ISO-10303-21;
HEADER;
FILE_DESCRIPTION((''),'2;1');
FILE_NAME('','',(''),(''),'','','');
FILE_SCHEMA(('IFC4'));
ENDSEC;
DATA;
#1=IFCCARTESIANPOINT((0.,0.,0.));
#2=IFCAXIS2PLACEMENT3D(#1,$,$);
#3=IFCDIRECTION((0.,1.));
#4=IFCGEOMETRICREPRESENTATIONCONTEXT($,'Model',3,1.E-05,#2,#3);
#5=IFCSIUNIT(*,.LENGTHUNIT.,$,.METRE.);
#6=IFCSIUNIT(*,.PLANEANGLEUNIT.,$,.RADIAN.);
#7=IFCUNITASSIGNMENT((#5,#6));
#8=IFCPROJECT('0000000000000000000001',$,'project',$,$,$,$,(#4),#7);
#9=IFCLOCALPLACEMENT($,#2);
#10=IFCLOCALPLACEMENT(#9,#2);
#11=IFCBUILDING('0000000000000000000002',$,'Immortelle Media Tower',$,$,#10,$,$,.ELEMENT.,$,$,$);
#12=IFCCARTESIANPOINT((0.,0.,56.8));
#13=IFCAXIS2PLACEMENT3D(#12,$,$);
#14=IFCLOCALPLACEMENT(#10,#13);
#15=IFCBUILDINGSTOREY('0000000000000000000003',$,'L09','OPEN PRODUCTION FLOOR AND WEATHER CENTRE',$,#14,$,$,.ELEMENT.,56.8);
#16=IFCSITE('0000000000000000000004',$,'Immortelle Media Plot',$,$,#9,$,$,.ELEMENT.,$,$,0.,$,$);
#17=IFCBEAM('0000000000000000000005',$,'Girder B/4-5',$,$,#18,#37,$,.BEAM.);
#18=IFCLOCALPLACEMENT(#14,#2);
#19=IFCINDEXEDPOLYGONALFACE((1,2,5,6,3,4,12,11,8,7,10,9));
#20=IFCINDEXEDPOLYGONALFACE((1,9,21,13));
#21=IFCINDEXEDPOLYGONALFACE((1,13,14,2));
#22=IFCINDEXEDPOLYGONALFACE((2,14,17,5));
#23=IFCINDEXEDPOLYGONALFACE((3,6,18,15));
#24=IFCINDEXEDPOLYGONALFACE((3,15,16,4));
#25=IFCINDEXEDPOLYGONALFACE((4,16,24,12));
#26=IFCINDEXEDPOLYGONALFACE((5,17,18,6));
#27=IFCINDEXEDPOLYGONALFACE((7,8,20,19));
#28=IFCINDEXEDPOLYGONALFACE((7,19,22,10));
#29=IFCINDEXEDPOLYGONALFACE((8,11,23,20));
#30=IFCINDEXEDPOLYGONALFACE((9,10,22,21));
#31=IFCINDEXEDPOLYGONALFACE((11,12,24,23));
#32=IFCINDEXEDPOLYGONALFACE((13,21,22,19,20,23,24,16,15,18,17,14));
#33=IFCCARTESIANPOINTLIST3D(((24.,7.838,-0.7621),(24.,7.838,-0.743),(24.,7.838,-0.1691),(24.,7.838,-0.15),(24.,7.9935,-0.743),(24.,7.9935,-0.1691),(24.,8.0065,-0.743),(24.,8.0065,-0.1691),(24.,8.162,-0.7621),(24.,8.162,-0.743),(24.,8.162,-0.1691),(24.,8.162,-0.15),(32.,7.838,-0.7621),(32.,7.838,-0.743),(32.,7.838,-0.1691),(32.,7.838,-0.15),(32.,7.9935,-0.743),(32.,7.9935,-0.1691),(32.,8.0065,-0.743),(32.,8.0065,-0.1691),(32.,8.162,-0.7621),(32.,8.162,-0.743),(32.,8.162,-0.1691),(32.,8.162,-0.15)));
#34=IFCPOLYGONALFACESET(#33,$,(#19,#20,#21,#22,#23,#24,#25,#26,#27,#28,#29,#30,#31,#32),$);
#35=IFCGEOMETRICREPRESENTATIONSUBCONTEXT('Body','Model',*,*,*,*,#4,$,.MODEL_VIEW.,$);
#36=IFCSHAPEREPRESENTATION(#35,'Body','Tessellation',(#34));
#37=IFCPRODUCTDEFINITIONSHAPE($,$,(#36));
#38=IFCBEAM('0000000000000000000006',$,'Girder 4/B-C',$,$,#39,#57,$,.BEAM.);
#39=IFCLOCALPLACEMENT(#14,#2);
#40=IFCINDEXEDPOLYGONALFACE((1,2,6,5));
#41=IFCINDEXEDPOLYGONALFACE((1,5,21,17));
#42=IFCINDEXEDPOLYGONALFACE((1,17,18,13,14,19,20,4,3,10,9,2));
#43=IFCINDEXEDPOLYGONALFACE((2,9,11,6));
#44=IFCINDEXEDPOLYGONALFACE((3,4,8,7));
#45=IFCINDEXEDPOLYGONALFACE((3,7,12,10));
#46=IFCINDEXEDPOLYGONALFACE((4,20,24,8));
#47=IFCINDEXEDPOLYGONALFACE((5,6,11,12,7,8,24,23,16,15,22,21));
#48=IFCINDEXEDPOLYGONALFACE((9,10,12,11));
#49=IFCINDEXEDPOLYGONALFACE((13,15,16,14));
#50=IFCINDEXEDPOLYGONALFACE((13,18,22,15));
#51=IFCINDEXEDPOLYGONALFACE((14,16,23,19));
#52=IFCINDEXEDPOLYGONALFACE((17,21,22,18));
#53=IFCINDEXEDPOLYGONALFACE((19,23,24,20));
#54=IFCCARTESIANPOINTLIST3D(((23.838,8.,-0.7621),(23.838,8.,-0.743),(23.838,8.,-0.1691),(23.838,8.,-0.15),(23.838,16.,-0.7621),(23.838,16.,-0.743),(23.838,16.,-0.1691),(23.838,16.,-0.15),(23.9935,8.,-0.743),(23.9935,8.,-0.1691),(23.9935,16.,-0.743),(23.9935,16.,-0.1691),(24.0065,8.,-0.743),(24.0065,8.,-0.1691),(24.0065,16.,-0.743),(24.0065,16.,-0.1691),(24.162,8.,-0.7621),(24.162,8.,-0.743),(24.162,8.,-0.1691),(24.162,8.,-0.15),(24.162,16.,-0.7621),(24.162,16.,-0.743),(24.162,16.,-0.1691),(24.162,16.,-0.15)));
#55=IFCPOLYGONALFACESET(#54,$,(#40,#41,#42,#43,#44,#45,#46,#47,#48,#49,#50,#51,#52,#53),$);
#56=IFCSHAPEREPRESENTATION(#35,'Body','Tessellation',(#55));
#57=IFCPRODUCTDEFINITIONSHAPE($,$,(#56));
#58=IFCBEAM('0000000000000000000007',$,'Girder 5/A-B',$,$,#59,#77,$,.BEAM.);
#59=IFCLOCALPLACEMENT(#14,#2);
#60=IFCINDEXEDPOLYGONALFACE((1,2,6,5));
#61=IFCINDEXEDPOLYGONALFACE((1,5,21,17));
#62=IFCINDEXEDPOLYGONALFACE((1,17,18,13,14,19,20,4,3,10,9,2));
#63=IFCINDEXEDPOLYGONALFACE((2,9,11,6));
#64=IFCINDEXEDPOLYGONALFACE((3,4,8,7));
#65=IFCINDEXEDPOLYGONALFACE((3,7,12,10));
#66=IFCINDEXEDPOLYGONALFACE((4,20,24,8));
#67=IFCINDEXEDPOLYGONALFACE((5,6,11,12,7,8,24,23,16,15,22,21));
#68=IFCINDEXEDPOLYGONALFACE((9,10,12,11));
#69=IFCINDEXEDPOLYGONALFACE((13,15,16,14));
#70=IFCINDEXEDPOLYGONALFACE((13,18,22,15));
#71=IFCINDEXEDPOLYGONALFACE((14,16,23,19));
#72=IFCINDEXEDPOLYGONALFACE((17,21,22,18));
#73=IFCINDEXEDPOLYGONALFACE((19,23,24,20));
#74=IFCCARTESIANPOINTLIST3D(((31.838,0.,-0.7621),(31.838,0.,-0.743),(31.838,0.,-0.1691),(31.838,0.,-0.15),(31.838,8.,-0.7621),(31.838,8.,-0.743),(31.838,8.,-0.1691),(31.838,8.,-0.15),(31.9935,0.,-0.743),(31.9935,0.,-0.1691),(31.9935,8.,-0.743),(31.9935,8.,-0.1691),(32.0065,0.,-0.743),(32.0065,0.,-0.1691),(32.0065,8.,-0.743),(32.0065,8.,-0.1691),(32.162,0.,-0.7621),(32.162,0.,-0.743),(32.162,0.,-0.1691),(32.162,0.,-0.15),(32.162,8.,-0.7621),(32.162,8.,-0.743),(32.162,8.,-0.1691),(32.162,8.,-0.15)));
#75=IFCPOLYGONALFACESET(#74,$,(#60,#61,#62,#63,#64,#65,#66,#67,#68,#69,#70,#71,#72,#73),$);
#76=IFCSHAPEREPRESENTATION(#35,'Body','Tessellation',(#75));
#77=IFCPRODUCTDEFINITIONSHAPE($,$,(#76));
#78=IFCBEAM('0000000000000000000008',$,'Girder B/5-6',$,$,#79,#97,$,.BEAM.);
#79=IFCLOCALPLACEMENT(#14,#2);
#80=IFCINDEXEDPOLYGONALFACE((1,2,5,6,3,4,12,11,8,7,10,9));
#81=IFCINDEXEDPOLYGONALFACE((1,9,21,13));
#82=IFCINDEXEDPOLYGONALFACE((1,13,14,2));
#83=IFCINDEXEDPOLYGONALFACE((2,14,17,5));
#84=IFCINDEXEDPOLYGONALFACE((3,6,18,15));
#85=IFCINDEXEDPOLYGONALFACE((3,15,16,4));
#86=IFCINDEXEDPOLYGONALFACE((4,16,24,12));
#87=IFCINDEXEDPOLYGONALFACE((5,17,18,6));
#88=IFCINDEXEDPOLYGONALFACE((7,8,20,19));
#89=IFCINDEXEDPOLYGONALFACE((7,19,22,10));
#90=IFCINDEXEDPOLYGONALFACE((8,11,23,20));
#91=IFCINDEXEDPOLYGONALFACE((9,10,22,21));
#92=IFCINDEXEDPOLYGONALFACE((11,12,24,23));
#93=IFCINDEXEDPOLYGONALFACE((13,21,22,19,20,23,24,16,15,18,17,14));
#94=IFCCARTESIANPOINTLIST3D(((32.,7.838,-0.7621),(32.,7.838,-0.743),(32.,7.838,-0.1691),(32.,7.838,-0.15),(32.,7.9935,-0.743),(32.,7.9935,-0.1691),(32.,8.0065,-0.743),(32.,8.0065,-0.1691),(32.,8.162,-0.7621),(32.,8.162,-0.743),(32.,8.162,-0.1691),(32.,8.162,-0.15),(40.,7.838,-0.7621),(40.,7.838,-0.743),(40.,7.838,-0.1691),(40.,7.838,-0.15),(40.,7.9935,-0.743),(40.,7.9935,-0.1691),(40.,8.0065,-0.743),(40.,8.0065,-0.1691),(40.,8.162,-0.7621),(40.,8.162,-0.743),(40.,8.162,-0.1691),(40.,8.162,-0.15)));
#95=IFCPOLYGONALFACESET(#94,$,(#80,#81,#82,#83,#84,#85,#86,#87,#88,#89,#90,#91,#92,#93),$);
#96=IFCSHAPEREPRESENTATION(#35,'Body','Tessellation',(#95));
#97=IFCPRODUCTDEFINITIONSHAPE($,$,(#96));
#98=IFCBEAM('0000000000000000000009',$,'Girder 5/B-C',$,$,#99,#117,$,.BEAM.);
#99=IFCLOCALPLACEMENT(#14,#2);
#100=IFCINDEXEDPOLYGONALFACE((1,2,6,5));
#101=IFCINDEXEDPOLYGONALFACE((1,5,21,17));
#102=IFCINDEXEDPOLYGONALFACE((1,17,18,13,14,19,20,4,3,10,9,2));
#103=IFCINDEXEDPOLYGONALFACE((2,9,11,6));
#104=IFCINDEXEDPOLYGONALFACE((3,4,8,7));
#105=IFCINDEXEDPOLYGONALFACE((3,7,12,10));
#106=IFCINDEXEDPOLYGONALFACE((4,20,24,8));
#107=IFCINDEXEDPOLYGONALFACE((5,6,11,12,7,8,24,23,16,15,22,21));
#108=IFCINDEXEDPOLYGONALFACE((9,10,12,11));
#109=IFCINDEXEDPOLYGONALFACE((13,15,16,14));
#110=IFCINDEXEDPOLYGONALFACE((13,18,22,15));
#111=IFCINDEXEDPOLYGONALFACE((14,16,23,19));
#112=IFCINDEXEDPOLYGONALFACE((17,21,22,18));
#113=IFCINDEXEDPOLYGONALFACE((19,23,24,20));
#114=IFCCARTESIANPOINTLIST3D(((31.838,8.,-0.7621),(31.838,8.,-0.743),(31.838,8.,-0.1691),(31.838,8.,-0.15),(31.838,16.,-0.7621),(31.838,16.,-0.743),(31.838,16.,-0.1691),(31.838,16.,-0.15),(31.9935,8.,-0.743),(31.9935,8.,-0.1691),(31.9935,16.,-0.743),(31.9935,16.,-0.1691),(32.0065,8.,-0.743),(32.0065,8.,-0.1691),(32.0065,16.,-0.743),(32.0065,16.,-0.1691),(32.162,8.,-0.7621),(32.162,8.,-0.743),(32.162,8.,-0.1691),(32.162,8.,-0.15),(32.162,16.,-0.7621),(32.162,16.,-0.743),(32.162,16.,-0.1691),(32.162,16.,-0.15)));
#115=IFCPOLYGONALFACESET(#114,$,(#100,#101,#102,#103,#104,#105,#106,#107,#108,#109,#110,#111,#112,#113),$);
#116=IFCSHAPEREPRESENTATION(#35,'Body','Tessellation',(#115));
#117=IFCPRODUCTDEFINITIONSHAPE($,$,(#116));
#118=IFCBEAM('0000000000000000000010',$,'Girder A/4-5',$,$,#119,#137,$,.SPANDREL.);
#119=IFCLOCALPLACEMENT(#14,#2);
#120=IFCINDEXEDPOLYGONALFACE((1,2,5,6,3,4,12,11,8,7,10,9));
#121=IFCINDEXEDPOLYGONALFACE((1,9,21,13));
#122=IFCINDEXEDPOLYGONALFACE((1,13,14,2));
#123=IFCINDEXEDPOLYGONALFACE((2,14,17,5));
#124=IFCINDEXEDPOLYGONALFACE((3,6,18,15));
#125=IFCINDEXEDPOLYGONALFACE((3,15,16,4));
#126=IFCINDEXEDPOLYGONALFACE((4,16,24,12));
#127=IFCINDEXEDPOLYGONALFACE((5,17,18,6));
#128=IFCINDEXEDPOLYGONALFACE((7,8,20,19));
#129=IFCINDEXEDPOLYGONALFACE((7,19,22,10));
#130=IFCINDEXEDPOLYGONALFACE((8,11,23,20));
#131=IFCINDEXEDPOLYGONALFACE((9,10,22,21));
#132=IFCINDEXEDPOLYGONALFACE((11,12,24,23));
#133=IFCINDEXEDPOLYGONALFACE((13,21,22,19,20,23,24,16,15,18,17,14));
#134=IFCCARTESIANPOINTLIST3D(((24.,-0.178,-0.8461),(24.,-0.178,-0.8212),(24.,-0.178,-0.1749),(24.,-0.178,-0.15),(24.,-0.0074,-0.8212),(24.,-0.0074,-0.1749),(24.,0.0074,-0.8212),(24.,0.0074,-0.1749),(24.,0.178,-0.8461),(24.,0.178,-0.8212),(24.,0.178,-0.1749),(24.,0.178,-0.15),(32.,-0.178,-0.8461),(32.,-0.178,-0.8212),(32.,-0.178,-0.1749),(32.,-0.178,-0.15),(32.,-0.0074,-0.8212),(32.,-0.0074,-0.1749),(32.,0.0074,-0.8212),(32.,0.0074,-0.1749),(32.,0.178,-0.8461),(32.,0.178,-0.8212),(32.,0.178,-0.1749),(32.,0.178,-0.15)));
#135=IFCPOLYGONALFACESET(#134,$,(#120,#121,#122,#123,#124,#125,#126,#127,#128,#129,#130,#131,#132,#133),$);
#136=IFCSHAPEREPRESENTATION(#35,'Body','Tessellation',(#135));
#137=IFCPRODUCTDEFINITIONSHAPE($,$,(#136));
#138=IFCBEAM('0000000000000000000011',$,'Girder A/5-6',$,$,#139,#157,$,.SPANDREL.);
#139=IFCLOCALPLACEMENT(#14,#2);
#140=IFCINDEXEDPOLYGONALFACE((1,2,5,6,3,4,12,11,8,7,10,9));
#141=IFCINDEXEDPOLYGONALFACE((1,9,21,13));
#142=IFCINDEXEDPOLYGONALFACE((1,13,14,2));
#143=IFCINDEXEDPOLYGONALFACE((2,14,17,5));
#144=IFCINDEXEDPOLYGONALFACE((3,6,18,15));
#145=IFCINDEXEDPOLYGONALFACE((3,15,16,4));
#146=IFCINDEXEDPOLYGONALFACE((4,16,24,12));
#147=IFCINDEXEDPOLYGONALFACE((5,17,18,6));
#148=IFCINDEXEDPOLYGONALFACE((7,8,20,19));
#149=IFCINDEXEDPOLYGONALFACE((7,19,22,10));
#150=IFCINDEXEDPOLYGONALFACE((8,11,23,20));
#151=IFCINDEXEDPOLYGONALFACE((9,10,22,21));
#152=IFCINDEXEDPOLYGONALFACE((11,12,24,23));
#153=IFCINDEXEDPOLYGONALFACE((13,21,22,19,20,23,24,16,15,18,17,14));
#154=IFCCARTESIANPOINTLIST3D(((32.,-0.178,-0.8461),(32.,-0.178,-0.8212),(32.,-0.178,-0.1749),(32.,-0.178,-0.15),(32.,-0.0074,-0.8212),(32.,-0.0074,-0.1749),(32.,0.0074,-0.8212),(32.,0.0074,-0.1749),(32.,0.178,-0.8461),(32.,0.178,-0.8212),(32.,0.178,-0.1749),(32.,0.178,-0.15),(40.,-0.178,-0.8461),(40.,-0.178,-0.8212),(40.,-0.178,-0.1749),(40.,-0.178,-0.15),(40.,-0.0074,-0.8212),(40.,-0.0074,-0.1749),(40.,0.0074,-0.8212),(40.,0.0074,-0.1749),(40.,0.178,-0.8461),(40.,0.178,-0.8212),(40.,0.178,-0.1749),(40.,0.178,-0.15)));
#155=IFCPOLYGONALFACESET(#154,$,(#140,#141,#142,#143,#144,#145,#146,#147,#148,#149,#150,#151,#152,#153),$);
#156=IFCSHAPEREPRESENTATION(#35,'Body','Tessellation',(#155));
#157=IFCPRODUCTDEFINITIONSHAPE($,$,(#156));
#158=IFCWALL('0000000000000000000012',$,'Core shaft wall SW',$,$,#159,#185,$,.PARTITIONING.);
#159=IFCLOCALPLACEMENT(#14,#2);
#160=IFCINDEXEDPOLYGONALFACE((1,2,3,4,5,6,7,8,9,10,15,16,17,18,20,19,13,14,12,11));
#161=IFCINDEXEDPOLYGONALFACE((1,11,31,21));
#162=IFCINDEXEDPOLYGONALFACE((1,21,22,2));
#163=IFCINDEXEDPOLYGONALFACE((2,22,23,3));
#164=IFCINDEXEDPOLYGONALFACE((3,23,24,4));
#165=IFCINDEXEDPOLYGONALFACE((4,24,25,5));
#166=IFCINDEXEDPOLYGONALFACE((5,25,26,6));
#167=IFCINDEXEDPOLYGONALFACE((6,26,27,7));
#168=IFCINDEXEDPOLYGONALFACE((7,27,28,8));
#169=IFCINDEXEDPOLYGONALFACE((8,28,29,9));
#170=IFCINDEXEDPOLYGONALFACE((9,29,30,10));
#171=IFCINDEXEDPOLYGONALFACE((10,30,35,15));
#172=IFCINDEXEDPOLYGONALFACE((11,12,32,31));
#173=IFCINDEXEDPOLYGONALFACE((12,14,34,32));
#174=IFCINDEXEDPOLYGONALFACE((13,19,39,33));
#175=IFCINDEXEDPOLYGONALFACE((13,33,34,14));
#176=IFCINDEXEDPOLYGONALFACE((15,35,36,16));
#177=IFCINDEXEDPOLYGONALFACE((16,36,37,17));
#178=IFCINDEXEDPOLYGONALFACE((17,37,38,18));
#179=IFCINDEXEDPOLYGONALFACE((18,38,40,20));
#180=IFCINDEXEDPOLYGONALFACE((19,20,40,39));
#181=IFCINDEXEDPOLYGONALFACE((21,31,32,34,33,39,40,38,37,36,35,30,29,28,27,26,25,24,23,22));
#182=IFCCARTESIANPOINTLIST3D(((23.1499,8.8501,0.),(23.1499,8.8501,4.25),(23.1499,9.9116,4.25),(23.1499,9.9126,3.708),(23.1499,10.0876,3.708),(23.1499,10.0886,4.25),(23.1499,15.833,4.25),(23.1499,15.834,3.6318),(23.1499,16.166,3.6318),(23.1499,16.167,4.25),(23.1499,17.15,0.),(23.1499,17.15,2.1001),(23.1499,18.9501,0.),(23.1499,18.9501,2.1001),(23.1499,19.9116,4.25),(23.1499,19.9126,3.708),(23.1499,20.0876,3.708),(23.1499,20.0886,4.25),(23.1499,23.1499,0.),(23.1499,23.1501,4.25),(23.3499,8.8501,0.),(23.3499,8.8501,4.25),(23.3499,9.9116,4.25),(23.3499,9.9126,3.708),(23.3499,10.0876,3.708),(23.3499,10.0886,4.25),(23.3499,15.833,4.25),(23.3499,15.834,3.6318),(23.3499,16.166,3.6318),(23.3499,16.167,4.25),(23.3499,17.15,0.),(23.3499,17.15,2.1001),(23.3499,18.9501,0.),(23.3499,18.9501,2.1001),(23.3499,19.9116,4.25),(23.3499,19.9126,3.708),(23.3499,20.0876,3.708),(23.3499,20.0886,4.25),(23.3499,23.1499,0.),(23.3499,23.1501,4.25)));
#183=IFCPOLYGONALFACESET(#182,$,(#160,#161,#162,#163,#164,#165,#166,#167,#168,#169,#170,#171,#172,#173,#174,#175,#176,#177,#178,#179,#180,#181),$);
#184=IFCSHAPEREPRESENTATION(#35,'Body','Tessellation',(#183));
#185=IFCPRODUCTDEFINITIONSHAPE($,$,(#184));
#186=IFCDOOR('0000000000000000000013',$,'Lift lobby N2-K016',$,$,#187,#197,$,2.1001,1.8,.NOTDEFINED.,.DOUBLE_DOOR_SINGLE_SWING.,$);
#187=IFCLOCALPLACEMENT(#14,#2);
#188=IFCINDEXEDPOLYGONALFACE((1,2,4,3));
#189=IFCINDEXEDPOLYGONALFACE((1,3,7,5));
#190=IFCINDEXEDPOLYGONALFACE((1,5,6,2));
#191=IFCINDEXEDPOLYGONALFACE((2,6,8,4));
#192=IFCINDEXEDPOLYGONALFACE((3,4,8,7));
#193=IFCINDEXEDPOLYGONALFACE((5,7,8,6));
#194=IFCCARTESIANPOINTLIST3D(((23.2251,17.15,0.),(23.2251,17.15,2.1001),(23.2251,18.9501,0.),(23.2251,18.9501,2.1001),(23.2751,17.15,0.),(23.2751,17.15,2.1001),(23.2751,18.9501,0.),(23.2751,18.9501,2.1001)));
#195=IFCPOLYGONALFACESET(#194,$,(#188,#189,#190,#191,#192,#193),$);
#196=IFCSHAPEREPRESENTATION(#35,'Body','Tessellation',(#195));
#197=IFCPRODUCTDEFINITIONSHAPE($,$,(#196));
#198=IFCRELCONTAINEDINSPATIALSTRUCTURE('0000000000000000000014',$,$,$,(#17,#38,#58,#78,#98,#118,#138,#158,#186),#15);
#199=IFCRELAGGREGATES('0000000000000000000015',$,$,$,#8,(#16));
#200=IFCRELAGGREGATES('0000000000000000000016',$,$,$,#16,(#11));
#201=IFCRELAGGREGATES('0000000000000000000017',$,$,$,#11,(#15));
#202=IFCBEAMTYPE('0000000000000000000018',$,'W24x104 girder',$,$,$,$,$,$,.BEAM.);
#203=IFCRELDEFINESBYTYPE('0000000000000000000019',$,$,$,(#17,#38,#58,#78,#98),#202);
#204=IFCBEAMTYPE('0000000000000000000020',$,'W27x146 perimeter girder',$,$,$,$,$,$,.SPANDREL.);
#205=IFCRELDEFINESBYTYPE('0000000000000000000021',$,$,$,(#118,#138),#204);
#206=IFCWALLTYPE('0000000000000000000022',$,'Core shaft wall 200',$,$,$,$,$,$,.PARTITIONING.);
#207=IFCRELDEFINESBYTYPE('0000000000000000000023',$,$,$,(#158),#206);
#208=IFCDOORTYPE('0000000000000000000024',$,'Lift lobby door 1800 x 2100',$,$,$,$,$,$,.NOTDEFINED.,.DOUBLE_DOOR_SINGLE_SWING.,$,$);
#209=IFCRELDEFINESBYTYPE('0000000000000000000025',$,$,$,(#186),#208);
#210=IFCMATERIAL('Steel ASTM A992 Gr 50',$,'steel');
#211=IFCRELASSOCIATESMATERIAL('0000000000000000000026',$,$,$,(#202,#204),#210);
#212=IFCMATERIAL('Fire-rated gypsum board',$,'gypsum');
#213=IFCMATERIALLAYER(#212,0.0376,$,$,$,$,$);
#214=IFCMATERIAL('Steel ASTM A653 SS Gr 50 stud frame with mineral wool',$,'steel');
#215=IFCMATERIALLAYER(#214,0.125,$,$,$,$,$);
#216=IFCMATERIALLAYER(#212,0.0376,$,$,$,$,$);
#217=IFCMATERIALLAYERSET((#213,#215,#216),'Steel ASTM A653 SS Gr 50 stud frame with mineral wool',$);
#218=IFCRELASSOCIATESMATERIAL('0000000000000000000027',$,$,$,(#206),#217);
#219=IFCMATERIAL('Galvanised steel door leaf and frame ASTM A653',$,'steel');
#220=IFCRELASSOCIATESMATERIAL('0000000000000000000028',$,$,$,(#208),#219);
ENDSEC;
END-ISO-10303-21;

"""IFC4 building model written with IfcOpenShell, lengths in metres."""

from ifc_helpers import new_model, si_unit, direction, frame, frame_2d, origin, origin_2d, place, context, subcontext, project, spatial, polyline, rectangle, i_section, outline, extrude, material, layer, layer_set, material_profile, profile_set, type_object, element, fill, save


model = new_model("IFC4")

# Units and contexts
model_context = context("Model", 3, precision=1e-05, world=origin(), true_north=direction((0.0, 1.0)))
body_context = subcontext(model_context, "Body", "Model", "MODEL_VIEW")
ifc_project = project(units=[si_unit("LENGTHUNIT", "METRE"), si_unit("PLANEANGLEUNIT", "RADIAN")], contexts=[model_context])

# Site, building, storey
site_placement = place(None, origin())
site = spatial("IfcSite", under=ifc_project, at=site_placement, Name="Immortelle Media Plot", CompositionType="ELEMENT", RefElevation=0.0)
building_placement = place(site_placement, origin())
building = spatial("IfcBuilding", under=site, at=building_placement, Name="Immortelle Media Tower", CompositionType="ELEMENT")
storey_placement = place(building_placement, frame((0.0, 0.0, 56.8)))
storey = spatial("IfcBuildingStorey", under=building, at=storey_placement, Name="L09", Description="OPEN PRODUCTION FLOOR AND WEATHER CENTRE", CompositionType="ELEMENT", Elevation=56.8)

# Shared definitions
ifc_material_1 = material(Name="Steel ASTM A992 Gr 50", Category="steel")

# Beams
ifc_material_profile_1 = material_profile(ifc_material_1, i_section(OverallWidth=0.324, OverallDepth=0.6121, WebThickness=0.0129, FlangeThickness=0.019, at=origin_2d()), Name="W24x104")
ifc_profile_set_1 = profile_set([ifc_material_profile_1], Name="Steel ASTM A992 Gr 50")
beam_type_1 = type_object("IfcBeamType", Name="W24x104 girder", PredefinedType="BEAM", material=ifc_profile_set_1)
for number, where, z_axis, x_axis, name in (
    (1, (24.0, 8.0, -0.4561), (1.0, 0.0, 0.0), (0.0, 1.0, 0.0), "Girder B/4-5"),
    (2, (24.0, 8.0, -0.4561), (0.0, 1.0, 0.0), (-1.0, 0.0, 0.0), "Girder 4/B-C"),
    (3, (32.0, 0.0, -0.4561), (0.0, 1.0, 0.0), (-1.0, 0.0, 0.0), "Girder 5/A-B"),
    (4, (32.0, 8.0, -0.4561), (1.0, 0.0, 0.0), (0.0, 1.0, 0.0), "Girder B/5-6"),
    (5, (32.0, 8.0, -0.4561), (0.0, 1.0, 0.0), (-1.0, 0.0, 0.0), "Girder 5/B-C"),
):
    element("IfcBeam", number, at=place(storey_placement, frame(where, z_axis=z_axis, x_axis=x_axis)), inside=storey, type_object=beam_type_1, Name=name, PredefinedType="BEAM", context=body_context, shape_type="SweptSolid", body=[
        extrude(i_section(OverallWidth=0.324, OverallDepth=0.6121, WebThickness=0.0129, FlangeThickness=0.019, at=origin_2d()), origin(), (0.0, 0.0, 1.0), 8.0),
    ])
ifc_material_profile_2 = material_profile(ifc_material_1, i_section(OverallWidth=0.356, OverallDepth=0.696, WebThickness=0.0149, FlangeThickness=0.0249, at=origin_2d()), Name="W27x146")
ifc_profile_set_2 = profile_set([ifc_material_profile_2], Name="Steel ASTM A992 Gr 50")
beam_type_2 = type_object("IfcBeamType", Name="W27x146 perimeter girder", PredefinedType="SPANDREL", material=ifc_profile_set_2)
for number, where, z_axis, x_axis, name in (
    (6, (24.0, 0.0, -0.498), (1.0, 0.0, 0.0), (0.0, 1.0, 0.0), "Girder A/4-5"),
    (7, (32.0, 0.0, -0.498), (1.0, 0.0, 0.0), (0.0, 1.0, 0.0), "Girder A/5-6"),
):
    element("IfcBeam", number, at=place(storey_placement, frame(where, z_axis=z_axis, x_axis=x_axis)), inside=storey, type_object=beam_type_2, Name=name, PredefinedType="SPANDREL", context=body_context, shape_type="SweptSolid", body=[
        extrude(i_section(OverallWidth=0.356, OverallDepth=0.696, WebThickness=0.0149, FlangeThickness=0.0249, at=origin_2d()), origin(), (0.0, 0.0, 1.0), 8.0),
    ])

# Wall, opening, door
ifc_material_2 = material(Name="Fire-rated gypsum board", Category="gypsum")
ifc_layer_1 = layer(ifc_material_2, 0.0376)
ifc_material_3 = material(Name="Steel ASTM A653 SS Gr 50 stud frame with mineral wool", Category="steel")
ifc_layer_2 = layer(ifc_material_3, 0.125)
ifc_layer_3 = layer(ifc_material_2, 0.0376)
ifc_layer_set_1 = layer_set([ifc_layer_1, ifc_layer_2, ifc_layer_3], Name="Steel ASTM A653 SS Gr 50 stud frame with mineral wool")
wall_type_1 = type_object("IfcWallType", Name="Core shaft wall 200", PredefinedType="PARTITIONING", material=ifc_layer_set_1)
wall_1_placement = place(storey_placement, frame((23.25, 8.8501, 0.0), z_axis=(0.0, 0.0, 1.0), x_axis=(0.0, 1.0, 0.0)))
wall_1 = element("IfcWall", 8, at=wall_1_placement, inside=storey, type_object=wall_type_1, Name="Core shaft wall SW", PredefinedType="PARTITIONING", context=body_context, shape_type="SweptSolid", body=[
    extrude(outline(polyline([(0.0, 0.0), (14.2998, 0.0), (14.3, 4.25), (11.2385, 4.25), (11.2375, 3.708), (11.0625, 3.708), (11.0615, 4.25), (7.3169, 4.25), (7.3159, 3.6318), (6.9839, 3.6318), (6.9829, 4.25), (1.2385, 4.25), (1.2375, 3.708), (1.0625, 3.708), (1.0615, 4.25), (0.0, 4.25), (0.0, 0.0)])), frame((0.0, 0.1001, 0.0), z_axis=(0.0, -1.0, 0.0), x_axis=(1.0, 0.0, 0.0)), (0.0, 0.0, 1.0), 0.2),
])
opening_1_placement = place(wall_1_placement, frame((8.3, 0.0, 0.0)))
opening_1 = element("IfcOpeningElement", 9, at=opening_1_placement, cuts=wall_1, PredefinedType="OPENING", context=body_context, shape_type="SweptSolid", body=[
    extrude(rectangle(XDim=1.8, YDim=2.1001, at=frame_2d((0.8999, 1.05))), frame((0.0, 0.1099, 0.0), z_axis=(0.0, -1.0, 0.0), x_axis=(1.0, 0.0, 0.0)), (0.0, 0.0, 1.0), 0.22),
])
ifc_material_4 = material(Name="Galvanised steel door leaf and frame ASTM A653", Category="steel")
door_type_1 = type_object("IfcDoorType", Name="Lift lobby door 1800 x 2100", OperationType="DOUBLE_DOOR_SINGLE_SWING", PredefinedType="NOTDEFINED", material=ifc_material_4)
door_1_placement = place(opening_1_placement, origin())
door_1 = element("IfcDoor", 10, at=door_1_placement, inside=storey, type_object=door_type_1, Name="Lift lobby N2-K016", OperationType="DOUBLE_DOOR_SINGLE_SWING", OverallHeight=2.1001, OverallWidth=1.8, PredefinedType="NOTDEFINED", context=body_context, shape_type="SweptSolid", body=[
    extrude(rectangle(XDim=1.8, YDim=2.1001, at=frame_2d((0.8999, 1.05))), frame((0.0, 0.0249, 0.0), z_axis=(0.0, -1.0, 0.0), x_axis=(1.0, 0.0, 0.0)), (0.0, 0.0, 1.0), 0.05),
])
fill(opening_1, door_1)

save(model, "model.ifc")
